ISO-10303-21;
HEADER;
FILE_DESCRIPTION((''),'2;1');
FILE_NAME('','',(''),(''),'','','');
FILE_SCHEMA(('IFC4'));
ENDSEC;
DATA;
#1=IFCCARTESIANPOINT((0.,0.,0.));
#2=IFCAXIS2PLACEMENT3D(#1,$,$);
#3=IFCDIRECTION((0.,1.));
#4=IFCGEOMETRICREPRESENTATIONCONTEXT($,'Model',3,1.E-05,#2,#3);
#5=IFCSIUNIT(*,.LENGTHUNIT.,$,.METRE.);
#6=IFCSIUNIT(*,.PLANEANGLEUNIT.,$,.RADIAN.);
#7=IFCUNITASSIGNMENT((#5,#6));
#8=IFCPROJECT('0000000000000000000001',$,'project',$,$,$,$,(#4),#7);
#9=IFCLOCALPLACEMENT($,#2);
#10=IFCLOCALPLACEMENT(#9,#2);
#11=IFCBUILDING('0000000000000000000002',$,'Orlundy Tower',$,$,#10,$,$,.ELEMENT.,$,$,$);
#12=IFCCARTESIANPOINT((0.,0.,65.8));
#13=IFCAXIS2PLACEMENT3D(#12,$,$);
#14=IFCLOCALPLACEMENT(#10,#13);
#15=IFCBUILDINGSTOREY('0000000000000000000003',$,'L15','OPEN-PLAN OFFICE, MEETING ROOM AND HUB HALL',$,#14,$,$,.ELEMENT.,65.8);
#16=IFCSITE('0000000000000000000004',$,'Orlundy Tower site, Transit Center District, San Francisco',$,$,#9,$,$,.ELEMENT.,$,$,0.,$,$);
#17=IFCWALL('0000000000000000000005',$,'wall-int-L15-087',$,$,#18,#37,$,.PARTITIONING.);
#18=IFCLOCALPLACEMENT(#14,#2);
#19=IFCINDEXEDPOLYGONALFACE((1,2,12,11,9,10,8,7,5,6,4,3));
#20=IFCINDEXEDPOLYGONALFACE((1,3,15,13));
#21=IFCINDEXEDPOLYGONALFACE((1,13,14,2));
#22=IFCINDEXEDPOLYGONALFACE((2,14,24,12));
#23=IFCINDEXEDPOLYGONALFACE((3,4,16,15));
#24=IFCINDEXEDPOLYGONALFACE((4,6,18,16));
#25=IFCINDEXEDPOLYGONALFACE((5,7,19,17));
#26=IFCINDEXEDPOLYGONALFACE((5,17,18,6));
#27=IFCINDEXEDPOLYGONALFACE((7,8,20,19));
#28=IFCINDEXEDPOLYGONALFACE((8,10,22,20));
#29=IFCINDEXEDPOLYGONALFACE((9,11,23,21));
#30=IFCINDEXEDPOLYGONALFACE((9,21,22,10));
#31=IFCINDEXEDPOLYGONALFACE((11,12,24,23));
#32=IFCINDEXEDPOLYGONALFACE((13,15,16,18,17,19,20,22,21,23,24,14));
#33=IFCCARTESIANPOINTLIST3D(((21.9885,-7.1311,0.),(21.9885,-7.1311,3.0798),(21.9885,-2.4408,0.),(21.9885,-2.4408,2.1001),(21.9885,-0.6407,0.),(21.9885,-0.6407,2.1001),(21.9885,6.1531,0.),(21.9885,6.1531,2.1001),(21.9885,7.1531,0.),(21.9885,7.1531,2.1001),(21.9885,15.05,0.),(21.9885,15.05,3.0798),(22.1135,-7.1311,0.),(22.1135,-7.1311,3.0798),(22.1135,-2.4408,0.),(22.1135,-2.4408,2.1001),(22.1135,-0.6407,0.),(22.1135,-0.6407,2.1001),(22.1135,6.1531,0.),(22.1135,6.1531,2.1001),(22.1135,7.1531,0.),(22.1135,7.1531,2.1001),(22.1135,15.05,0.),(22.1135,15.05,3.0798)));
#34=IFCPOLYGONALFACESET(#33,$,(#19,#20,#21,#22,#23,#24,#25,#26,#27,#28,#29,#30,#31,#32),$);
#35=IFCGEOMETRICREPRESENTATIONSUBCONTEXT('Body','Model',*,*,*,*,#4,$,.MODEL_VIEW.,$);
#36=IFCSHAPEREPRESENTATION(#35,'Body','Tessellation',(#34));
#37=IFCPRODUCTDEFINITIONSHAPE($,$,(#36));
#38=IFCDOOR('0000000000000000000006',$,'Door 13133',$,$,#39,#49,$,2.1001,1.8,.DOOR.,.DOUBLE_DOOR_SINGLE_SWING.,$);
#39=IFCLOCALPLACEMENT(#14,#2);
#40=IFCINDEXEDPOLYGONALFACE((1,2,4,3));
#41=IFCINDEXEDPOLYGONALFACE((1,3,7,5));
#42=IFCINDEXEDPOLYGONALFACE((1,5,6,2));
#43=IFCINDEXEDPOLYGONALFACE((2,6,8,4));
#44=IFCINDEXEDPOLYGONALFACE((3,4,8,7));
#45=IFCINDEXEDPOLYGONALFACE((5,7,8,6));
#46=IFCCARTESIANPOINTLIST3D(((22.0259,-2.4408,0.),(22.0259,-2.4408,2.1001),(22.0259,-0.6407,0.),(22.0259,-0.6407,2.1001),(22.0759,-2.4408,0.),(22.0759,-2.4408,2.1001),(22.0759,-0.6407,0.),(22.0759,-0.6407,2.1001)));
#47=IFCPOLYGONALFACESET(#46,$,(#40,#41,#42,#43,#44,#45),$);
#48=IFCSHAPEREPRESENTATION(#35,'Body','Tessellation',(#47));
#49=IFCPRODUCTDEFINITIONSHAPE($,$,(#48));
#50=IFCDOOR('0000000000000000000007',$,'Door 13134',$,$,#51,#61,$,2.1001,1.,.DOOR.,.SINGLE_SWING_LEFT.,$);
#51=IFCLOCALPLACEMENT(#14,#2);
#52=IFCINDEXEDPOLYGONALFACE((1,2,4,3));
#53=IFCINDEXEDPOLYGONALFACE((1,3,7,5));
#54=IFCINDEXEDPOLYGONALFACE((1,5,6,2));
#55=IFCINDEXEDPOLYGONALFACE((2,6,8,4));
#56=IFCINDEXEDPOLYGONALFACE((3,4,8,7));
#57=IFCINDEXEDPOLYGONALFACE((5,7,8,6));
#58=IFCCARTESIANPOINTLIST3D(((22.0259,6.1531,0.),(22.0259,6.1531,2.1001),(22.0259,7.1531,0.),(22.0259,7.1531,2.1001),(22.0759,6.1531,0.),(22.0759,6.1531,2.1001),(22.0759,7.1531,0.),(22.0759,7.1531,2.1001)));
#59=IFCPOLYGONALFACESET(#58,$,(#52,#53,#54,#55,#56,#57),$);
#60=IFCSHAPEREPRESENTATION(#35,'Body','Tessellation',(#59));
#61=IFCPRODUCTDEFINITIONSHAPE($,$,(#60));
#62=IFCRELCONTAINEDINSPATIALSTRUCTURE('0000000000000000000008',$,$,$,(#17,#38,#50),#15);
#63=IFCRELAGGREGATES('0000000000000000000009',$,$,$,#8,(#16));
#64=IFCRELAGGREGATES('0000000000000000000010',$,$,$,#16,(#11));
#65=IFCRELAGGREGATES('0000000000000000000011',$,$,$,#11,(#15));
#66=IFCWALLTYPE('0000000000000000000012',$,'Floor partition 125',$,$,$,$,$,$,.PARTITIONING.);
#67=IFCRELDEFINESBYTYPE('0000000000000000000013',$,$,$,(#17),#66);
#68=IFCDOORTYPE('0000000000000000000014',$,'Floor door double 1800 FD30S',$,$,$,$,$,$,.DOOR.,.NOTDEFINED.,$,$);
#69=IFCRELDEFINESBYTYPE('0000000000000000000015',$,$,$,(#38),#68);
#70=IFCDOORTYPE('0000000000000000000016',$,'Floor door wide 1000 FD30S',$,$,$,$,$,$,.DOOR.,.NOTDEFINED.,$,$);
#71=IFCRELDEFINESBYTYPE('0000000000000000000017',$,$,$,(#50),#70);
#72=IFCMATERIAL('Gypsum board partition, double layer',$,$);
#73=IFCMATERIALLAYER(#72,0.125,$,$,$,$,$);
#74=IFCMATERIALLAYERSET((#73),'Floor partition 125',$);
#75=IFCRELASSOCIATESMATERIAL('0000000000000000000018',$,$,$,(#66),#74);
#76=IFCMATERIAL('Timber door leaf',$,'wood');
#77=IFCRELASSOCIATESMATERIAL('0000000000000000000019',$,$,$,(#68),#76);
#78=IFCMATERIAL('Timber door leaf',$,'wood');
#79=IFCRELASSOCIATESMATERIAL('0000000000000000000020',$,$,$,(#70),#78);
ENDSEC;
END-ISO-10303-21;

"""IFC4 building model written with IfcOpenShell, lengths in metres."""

from ifc_helpers import new_model, si_unit, direction, frame, frame_2d, origin, place, context, subcontext, project, spatial, rectangle, extrude, material, layer, layer_set, type_object, element, fill, save


model = new_model("IFC4")

# Units and contexts
model_context = context("Model", 3, precision=1e-05, world=origin(), true_north=direction((0.0, 1.0)))
body_context = subcontext(model_context, "Body", "Model", "MODEL_VIEW")
ifc_project = project(units=[si_unit("LENGTHUNIT", "METRE"), si_unit("PLANEANGLEUNIT", "RADIAN")], contexts=[model_context])

# Site, building, storey
site_placement = place(None, origin())
site = spatial("IfcSite", under=ifc_project, at=site_placement, Name="Orlundy Tower site, Transit Center District, San Francisco", CompositionType="ELEMENT", RefElevation=0.0)
building_placement = place(site_placement, origin())
building = spatial("IfcBuilding", under=site, at=building_placement, Name="Orlundy Tower", CompositionType="ELEMENT")
storey_placement = place(building_placement, frame((0.0, 0.0, 65.8)))
storey = spatial("IfcBuildingStorey", under=building, at=storey_placement, Name="L15", Description="OPEN-PLAN OFFICE, MEETING ROOM AND HUB HALL", CompositionType="ELEMENT", Elevation=65.8)

# Shared definitions
ifc_material_1 = material(Name="Gypsum board partition, double layer")
ifc_layer_1 = layer(ifc_material_1, 0.125)
ifc_layer_set_1 = layer_set([ifc_layer_1], Name="Floor partition 125")
wall_type_1 = type_object("IfcWallType", Name="Floor partition 125", PredefinedType="PARTITIONING", material=ifc_layer_set_1)

# Wall, openings, doors
wall_1_placement = place(storey_placement, frame((22.051, 15.05, 0.0), z_axis=(0.0, 0.0, 1.0), x_axis=(0.0, -1.0, 0.0)))
wall_1 = element("IfcWall", 1, at=wall_1_placement, inside=storey, type_object=wall_type_1, Name="wall-int-L15-087", PredefinedType="PARTITIONING", context=body_context, shape_type="SweptSolid", body=[
    extrude(rectangle(XDim=22.1812, YDim=0.125, at=frame_2d((11.0906, 0.0))), origin(), (0.0, 0.0, 1.0), 3.0798),
])
opening_1_placement = place(wall_1_placement, frame((15.6909, 0.0, 0.0)))
opening_1 = element("IfcOpeningElement", 2, at=opening_1_placement, cuts=wall_1, PredefinedType="OPENING", context=body_context, shape_type="SweptSolid", body=[
    extrude(rectangle(XDim=1.8, YDim=2.1001, at=frame_2d((0.8999, 1.05))), frame((0.0, 0.0725, 0.0), z_axis=(0.0, -1.0, 0.0), x_axis=(1.0, 0.0, 0.0)), (0.0, 0.0, 1.0), 0.145),
])
opening_2_placement = place(wall_1_placement, frame((7.897, 0.0, 0.0)))
opening_2 = element("IfcOpeningElement", 3, at=opening_2_placement, cuts=wall_1, PredefinedType="OPENING", context=body_context, shape_type="SweptSolid", body=[
    extrude(rectangle(XDim=1.0, YDim=2.1001, at=frame_2d((0.5, 1.05))), frame((0.0, 0.0725, 0.0), z_axis=(0.0, -1.0, 0.0), x_axis=(1.0, 0.0, 0.0)), (0.0, 0.0, 1.0), 0.145),
])
ifc_material_2 = material(Name="Timber door leaf", Category="wood")
door_type_1 = type_object("IfcDoorType", Name="Floor door double 1800 FD30S", OperationType="NOTDEFINED", PredefinedType="DOOR", material=ifc_material_2)
door_1_placement = place(opening_1_placement, origin())
door_1 = element("IfcDoor", 4, at=door_1_placement, inside=storey, type_object=door_type_1, Name="Door 13133", OperationType="DOUBLE_DOOR_SINGLE_SWING", OverallHeight=2.1001, OverallWidth=1.8, PredefinedType="DOOR", context=body_context, shape_type="SweptSolid", body=[
    extrude(rectangle(XDim=1.8, YDim=2.1001, at=frame_2d((0.8999, 1.05))), frame((0.0, 0.0249, 0.0), z_axis=(0.0, -1.0, 0.0), x_axis=(1.0, 0.0, 0.0)), (0.0, 0.0, 1.0), 0.05),
])
fill(opening_1, door_1)
ifc_material_3 = material(Name="Timber door leaf", Category="wood")
door_type_2 = type_object("IfcDoorType", Name="Floor door wide 1000 FD30S", OperationType="NOTDEFINED", PredefinedType="DOOR", material=ifc_material_3)
door_2_placement = place(opening_2_placement, origin())
door_2 = element("IfcDoor", 5, at=door_2_placement, inside=storey, type_object=door_type_2, Name="Door 13134", OperationType="SINGLE_SWING_LEFT", OverallHeight=2.1001, OverallWidth=1.0, PredefinedType="DOOR", context=body_context, shape_type="SweptSolid", body=[
    extrude(rectangle(XDim=1.0, YDim=2.1001, at=frame_2d((0.5, 1.05))), frame((0.0, 0.0249, 0.0), z_axis=(0.0, -1.0, 0.0), x_axis=(1.0, 0.0, 0.0)), (0.0, 0.0, 1.0), 0.05),
])
fill(opening_2, door_2)

save(model, "model.ifc")
